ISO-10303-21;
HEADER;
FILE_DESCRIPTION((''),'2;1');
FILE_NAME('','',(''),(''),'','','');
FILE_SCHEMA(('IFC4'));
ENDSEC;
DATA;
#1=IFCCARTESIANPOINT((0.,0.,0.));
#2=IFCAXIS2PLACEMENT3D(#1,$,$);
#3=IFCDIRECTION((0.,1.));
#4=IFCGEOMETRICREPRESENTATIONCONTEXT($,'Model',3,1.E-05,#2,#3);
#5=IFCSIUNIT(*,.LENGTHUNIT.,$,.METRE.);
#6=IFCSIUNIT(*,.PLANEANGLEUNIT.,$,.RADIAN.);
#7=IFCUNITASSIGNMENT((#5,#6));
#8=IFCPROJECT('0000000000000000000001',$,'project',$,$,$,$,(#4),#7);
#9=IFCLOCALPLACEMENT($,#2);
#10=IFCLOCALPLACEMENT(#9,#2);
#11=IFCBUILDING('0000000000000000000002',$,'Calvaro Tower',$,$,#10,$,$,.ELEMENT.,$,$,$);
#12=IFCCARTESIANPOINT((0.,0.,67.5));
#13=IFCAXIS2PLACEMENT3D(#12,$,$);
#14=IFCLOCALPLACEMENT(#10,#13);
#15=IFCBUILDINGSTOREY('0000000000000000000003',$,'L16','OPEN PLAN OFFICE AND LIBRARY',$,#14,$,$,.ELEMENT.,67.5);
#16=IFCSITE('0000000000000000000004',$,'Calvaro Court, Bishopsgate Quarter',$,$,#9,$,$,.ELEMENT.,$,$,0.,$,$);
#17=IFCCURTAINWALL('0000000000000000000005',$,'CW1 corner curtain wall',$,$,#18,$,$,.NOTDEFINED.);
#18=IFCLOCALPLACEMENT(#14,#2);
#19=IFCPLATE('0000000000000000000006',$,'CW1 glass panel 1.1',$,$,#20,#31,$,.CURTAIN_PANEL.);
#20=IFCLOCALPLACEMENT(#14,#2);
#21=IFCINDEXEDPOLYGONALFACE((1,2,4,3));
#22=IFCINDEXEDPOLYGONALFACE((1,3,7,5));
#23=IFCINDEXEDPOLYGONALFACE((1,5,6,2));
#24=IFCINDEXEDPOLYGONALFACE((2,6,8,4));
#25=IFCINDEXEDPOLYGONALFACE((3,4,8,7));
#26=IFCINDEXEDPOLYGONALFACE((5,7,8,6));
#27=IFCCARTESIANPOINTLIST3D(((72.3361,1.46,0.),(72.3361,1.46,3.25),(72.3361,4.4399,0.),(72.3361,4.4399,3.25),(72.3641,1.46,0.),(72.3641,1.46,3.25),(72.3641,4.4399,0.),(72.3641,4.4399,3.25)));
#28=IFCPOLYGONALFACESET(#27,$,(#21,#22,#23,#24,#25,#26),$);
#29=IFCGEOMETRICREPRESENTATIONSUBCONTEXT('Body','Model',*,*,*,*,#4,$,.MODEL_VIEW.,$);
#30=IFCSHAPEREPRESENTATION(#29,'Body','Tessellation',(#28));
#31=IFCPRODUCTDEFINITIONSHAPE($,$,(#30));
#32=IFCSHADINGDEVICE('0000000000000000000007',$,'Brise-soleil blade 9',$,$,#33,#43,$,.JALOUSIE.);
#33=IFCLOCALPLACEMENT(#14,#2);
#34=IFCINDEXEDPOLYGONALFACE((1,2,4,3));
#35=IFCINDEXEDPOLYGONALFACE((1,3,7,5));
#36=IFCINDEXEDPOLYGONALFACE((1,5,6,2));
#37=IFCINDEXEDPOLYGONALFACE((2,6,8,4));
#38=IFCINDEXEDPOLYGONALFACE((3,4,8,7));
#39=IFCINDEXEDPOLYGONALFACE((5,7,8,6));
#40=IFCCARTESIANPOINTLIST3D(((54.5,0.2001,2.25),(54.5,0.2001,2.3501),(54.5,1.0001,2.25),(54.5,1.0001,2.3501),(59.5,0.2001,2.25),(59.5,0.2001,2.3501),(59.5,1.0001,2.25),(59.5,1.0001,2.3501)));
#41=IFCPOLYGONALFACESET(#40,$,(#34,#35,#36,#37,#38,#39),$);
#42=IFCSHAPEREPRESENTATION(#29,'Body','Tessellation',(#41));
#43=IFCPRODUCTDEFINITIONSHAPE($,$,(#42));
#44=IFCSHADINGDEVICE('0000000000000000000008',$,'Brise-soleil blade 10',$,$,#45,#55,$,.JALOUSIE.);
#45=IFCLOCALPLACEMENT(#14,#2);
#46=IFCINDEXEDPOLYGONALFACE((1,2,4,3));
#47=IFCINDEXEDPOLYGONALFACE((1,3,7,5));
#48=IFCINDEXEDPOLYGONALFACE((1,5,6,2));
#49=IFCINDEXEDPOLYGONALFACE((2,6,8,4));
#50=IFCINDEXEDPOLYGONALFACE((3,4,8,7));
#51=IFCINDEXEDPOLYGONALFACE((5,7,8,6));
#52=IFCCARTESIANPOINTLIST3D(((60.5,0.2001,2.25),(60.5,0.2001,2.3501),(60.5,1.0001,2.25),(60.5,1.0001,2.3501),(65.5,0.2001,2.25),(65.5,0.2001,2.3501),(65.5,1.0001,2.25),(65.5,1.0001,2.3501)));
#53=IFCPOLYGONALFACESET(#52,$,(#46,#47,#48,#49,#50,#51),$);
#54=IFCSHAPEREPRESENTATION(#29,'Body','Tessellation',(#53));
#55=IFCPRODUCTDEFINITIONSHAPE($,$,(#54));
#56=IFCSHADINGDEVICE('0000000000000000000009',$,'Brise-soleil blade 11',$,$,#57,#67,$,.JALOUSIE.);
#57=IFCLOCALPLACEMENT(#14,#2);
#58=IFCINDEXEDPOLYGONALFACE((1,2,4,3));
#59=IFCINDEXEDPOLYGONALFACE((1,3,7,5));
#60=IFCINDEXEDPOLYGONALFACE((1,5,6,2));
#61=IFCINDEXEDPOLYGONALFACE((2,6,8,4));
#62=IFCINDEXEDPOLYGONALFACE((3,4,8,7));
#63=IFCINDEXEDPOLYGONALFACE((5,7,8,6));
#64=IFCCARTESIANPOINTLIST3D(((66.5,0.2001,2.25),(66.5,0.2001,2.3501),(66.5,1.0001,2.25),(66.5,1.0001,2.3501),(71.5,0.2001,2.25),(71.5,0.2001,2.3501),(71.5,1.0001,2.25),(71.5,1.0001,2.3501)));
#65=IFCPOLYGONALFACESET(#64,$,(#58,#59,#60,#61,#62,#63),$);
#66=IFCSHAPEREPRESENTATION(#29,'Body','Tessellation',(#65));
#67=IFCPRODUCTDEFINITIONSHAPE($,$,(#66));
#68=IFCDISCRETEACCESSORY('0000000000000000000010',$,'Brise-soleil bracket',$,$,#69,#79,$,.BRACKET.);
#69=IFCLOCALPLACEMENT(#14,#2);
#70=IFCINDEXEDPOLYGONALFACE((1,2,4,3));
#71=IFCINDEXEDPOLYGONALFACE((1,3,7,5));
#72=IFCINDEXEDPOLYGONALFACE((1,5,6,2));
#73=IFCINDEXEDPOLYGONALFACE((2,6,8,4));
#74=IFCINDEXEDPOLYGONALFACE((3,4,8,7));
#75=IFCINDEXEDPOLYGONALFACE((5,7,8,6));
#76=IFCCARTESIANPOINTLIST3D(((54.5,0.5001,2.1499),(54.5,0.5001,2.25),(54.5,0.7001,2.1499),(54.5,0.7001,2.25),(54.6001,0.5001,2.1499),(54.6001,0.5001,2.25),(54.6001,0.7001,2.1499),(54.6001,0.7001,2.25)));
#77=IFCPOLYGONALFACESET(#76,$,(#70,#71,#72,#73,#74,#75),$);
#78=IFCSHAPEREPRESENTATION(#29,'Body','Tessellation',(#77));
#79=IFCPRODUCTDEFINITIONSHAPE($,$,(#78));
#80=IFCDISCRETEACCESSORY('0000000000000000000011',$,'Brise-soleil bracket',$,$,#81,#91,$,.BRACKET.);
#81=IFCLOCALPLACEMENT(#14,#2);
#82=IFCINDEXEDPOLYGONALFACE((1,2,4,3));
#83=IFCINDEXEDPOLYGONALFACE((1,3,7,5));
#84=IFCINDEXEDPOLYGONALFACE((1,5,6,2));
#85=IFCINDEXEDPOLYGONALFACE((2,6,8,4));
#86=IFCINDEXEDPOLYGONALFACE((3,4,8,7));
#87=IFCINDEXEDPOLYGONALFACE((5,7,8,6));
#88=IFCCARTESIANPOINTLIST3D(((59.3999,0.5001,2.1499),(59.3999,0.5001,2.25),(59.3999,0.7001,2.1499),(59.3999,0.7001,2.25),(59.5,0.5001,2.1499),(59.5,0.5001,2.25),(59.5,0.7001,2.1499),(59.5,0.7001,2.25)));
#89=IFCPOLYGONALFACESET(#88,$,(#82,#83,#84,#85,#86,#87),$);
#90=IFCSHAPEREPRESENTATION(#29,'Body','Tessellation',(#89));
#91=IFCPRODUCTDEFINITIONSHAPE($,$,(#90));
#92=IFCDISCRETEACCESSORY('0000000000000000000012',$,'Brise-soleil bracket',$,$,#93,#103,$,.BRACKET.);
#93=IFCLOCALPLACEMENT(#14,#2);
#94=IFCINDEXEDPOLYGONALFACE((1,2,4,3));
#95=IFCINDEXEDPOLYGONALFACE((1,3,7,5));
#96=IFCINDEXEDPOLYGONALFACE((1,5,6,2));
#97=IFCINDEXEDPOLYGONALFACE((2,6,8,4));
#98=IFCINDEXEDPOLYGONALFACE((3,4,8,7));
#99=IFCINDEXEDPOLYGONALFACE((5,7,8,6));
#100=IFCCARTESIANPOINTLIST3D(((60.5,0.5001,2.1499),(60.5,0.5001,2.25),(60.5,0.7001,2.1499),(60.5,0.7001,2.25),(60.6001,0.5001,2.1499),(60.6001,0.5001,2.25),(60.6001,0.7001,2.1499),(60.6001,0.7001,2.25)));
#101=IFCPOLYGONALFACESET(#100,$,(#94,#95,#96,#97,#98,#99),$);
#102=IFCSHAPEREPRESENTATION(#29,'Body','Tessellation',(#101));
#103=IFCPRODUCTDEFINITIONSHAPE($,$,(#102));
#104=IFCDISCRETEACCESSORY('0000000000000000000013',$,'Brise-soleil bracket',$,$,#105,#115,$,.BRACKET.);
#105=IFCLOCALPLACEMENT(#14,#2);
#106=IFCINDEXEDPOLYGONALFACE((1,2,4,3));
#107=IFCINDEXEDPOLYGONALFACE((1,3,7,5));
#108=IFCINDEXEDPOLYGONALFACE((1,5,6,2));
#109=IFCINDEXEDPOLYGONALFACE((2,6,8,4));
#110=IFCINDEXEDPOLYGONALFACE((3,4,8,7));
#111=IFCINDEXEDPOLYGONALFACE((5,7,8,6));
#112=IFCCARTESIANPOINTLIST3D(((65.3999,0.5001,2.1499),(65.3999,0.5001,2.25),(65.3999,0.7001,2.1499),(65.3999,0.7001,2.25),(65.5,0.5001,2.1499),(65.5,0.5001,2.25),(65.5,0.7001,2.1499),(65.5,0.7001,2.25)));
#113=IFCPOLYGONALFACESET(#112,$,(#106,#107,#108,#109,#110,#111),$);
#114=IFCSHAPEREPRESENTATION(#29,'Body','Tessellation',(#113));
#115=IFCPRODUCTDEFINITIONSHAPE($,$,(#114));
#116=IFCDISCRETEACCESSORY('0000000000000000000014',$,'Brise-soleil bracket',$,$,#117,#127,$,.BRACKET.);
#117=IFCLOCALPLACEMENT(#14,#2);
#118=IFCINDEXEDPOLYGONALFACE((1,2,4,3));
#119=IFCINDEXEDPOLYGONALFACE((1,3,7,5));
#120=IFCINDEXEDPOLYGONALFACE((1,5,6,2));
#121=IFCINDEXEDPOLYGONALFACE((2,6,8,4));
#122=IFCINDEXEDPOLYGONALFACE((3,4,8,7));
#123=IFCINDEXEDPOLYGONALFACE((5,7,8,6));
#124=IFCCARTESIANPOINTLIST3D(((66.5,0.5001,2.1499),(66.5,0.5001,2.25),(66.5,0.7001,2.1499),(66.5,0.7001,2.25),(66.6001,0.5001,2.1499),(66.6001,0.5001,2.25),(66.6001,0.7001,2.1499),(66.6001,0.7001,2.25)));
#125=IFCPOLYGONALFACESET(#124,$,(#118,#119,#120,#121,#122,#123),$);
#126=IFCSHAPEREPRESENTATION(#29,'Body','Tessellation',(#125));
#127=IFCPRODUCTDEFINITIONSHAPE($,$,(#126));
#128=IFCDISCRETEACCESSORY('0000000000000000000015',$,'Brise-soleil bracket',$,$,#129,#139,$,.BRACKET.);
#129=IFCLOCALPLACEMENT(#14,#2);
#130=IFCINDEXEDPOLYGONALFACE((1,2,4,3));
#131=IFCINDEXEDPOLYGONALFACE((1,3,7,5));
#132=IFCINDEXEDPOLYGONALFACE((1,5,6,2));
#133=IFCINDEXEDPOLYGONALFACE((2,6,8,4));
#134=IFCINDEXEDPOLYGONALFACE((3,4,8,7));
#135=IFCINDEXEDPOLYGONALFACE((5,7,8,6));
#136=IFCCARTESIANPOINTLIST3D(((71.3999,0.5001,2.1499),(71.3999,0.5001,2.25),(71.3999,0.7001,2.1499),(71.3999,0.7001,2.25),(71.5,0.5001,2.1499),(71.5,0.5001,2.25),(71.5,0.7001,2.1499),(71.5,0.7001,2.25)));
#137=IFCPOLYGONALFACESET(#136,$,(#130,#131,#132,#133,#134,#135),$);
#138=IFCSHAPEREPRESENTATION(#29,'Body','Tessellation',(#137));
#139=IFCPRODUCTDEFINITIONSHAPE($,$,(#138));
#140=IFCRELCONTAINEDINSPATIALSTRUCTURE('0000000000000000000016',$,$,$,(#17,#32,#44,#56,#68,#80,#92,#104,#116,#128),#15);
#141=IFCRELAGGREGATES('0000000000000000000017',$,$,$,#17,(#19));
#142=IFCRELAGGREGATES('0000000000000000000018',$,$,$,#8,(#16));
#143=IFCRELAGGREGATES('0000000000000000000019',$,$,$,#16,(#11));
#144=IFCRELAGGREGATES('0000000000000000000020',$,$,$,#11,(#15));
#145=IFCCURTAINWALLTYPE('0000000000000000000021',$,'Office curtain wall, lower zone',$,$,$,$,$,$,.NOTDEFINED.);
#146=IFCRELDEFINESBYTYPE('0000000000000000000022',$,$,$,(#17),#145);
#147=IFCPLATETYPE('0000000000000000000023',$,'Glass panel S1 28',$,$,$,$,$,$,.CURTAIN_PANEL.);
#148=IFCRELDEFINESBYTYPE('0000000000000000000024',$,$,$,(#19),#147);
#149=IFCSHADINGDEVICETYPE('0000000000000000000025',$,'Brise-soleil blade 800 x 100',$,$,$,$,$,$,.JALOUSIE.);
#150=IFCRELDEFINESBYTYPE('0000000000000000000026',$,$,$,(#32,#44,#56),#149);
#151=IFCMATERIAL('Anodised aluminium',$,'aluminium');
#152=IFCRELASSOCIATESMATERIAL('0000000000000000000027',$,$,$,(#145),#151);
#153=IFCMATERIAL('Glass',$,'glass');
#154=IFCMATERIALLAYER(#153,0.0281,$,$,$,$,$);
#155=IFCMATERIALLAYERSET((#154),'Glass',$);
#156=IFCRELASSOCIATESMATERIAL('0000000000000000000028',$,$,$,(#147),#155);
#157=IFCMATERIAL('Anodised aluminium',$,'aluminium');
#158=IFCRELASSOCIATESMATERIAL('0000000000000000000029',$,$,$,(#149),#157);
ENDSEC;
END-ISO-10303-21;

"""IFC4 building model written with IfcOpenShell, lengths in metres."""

from ifc_helpers import new_model, si_unit, direction, frame, origin, origin_2d, place, context, subcontext, project, spatial, rectangle, extrude, material, layer, layer_set, material_profile, profile_set, type_object, element, aggregate, save


model = new_model("IFC4")

# Units and contexts
model_context = context("Model", 3, precision=1e-05, world=origin(), true_north=direction((0.0, 1.0)))
body_context = subcontext(model_context, "Body", "Model", "MODEL_VIEW")
ifc_project = project(units=[si_unit("LENGTHUNIT", "METRE"), si_unit("PLANEANGLEUNIT", "RADIAN")], contexts=[model_context])

# Site, building, storey
site_placement = place(None, origin())
site = spatial("IfcSite", under=ifc_project, at=site_placement, Name="Calvaro Court, Bishopsgate Quarter", CompositionType="ELEMENT", RefElevation=0.0)
building_placement = place(site_placement, origin())
building = spatial("IfcBuilding", under=site, at=building_placement, Name="Calvaro Tower", CompositionType="ELEMENT")
storey_placement = place(building_placement, frame((0.0, 0.0, 67.5)))
storey = spatial("IfcBuildingStorey", under=building, at=storey_placement, Name="L16", Description="OPEN PLAN OFFICE AND LIBRARY", CompositionType="ELEMENT", Elevation=67.5)

# Curtain wall
ifc_material_1 = material(Name="Anodised aluminium", Category="aluminium")
curtain_wall_type = type_object("IfcCurtainWallType", Name="Office curtain wall, lower zone", PredefinedType="NOTDEFINED", material=ifc_material_1)
curtain_wall_1_placement = place(storey_placement, origin())
curtain_wall_1 = element("IfcCurtainWall", 1, at=curtain_wall_1_placement, inside=storey, type_object=curtain_wall_type, Name="CW1 corner curtain wall", PredefinedType="NOTDEFINED")

# Plate
ifc_material_2 = material(Name="Glass", Category="glass")
ifc_layer = layer(ifc_material_2, 0.0281)
ifc_layer_set = layer_set([ifc_layer], Name="Glass")
plate_type = type_object("IfcPlateType", Name="Glass panel S1 28", PredefinedType="CURTAIN_PANEL", material=ifc_layer_set)
plate_1_placement = place(storey_placement, frame((72.3501, 2.95, 0.0), z_axis=(0.0, 0.0, 1.0), x_axis=(0.0, 1.0, 0.0)))
plate_1 = element("IfcPlate", 2, at=plate_1_placement, type_object=plate_type, Name="CW1 glass panel 1.1", PredefinedType="CURTAIN_PANEL", context=body_context, shape_type="SweptSolid", body=[
    extrude(rectangle(XDim=2.98, YDim=0.0281, at=origin_2d()), origin(), (0.0, 0.0, 1.0), 3.25),
])
aggregate(curtain_wall_1, [plate_1])

# Shading devices
ifc_material_3 = material(Name="Anodised aluminium", Category="aluminium")
ifc_material_profile_1 = material_profile(ifc_material_3, rectangle(XDim=0.8, YDim=0.1001, at=origin_2d()), Name="Brise-soleil blade 800 x 100")
ifc_profile_set_1 = profile_set([ifc_material_profile_1], Name="Anodised aluminium")
shading_device_type = type_object("IfcShadingDeviceType", Name="Brise-soleil blade 800 x 100", PredefinedType="JALOUSIE", material=ifc_profile_set_1)
for number, where, z_axis, x_axis, name in (
    (3, (54.5, 0.6001, 2.3), (1.0, 0.0, 0.0), (0.0, 1.0, 0.0), "Brise-soleil blade 9"),
    (4, (60.5, 0.6001, 2.3), (1.0, 0.0, 0.0), (0.0, 1.0, 0.0), "Brise-soleil blade 10"),
    (5, (66.5, 0.6001, 2.3), (1.0, 0.0, 0.0), (0.0, 1.0, 0.0), "Brise-soleil blade 11"),
):
    element("IfcShadingDevice", number, at=place(storey_placement, frame(where, z_axis=z_axis, x_axis=x_axis)), inside=storey, type_object=shading_device_type, Name=name, PredefinedType="JALOUSIE", context=body_context, shape_type="SweptSolid", body=[
        extrude(rectangle(XDim=0.8, YDim=0.1001, at=origin_2d()), origin(), (0.0, 0.0, 1.0), 5.0),
    ])

# Discrete accessories
for number, where, z_axis, x_axis, name in (
    (6, (54.55, 0.6001, 2.1499), (0.0, 0.0, 1.0), (1.0, 0.0, 0.0), "Brise-soleil bracket"),
    (7, (59.45, 0.6001, 2.1499), (0.0, 0.0, 1.0), (1.0, 0.0, 0.0), "Brise-soleil bracket"),
    (8, (60.55, 0.6001, 2.1499), (0.0, 0.0, 1.0), (1.0, 0.0, 0.0), "Brise-soleil bracket"),
    (9, (65.45, 0.6001, 2.1499), (0.0, 0.0, 1.0), (1.0, 0.0, 0.0), "Brise-soleil bracket"),
    (10, (66.55, 0.6001, 2.1499), (0.0, 0.0, 1.0), (1.0, 0.0, 0.0), "Brise-soleil bracket"),
    (11, (71.45, 0.6001, 2.1499), (0.0, 0.0, 1.0), (1.0, 0.0, 0.0), "Brise-soleil bracket"),
):
    element("IfcDiscreteAccessory", number, at=place(storey_placement, frame(where, z_axis=z_axis, x_axis=x_axis)), inside=storey, Name=name, PredefinedType="BRACKET", context=body_context, shape_type="SweptSolid", body=[
        extrude(rectangle(XDim=0.1001, YDim=0.2, at=origin_2d()), origin(), (0.0, 0.0, 1.0), 0.1001),
    ])

save(model, "model.ifc")
